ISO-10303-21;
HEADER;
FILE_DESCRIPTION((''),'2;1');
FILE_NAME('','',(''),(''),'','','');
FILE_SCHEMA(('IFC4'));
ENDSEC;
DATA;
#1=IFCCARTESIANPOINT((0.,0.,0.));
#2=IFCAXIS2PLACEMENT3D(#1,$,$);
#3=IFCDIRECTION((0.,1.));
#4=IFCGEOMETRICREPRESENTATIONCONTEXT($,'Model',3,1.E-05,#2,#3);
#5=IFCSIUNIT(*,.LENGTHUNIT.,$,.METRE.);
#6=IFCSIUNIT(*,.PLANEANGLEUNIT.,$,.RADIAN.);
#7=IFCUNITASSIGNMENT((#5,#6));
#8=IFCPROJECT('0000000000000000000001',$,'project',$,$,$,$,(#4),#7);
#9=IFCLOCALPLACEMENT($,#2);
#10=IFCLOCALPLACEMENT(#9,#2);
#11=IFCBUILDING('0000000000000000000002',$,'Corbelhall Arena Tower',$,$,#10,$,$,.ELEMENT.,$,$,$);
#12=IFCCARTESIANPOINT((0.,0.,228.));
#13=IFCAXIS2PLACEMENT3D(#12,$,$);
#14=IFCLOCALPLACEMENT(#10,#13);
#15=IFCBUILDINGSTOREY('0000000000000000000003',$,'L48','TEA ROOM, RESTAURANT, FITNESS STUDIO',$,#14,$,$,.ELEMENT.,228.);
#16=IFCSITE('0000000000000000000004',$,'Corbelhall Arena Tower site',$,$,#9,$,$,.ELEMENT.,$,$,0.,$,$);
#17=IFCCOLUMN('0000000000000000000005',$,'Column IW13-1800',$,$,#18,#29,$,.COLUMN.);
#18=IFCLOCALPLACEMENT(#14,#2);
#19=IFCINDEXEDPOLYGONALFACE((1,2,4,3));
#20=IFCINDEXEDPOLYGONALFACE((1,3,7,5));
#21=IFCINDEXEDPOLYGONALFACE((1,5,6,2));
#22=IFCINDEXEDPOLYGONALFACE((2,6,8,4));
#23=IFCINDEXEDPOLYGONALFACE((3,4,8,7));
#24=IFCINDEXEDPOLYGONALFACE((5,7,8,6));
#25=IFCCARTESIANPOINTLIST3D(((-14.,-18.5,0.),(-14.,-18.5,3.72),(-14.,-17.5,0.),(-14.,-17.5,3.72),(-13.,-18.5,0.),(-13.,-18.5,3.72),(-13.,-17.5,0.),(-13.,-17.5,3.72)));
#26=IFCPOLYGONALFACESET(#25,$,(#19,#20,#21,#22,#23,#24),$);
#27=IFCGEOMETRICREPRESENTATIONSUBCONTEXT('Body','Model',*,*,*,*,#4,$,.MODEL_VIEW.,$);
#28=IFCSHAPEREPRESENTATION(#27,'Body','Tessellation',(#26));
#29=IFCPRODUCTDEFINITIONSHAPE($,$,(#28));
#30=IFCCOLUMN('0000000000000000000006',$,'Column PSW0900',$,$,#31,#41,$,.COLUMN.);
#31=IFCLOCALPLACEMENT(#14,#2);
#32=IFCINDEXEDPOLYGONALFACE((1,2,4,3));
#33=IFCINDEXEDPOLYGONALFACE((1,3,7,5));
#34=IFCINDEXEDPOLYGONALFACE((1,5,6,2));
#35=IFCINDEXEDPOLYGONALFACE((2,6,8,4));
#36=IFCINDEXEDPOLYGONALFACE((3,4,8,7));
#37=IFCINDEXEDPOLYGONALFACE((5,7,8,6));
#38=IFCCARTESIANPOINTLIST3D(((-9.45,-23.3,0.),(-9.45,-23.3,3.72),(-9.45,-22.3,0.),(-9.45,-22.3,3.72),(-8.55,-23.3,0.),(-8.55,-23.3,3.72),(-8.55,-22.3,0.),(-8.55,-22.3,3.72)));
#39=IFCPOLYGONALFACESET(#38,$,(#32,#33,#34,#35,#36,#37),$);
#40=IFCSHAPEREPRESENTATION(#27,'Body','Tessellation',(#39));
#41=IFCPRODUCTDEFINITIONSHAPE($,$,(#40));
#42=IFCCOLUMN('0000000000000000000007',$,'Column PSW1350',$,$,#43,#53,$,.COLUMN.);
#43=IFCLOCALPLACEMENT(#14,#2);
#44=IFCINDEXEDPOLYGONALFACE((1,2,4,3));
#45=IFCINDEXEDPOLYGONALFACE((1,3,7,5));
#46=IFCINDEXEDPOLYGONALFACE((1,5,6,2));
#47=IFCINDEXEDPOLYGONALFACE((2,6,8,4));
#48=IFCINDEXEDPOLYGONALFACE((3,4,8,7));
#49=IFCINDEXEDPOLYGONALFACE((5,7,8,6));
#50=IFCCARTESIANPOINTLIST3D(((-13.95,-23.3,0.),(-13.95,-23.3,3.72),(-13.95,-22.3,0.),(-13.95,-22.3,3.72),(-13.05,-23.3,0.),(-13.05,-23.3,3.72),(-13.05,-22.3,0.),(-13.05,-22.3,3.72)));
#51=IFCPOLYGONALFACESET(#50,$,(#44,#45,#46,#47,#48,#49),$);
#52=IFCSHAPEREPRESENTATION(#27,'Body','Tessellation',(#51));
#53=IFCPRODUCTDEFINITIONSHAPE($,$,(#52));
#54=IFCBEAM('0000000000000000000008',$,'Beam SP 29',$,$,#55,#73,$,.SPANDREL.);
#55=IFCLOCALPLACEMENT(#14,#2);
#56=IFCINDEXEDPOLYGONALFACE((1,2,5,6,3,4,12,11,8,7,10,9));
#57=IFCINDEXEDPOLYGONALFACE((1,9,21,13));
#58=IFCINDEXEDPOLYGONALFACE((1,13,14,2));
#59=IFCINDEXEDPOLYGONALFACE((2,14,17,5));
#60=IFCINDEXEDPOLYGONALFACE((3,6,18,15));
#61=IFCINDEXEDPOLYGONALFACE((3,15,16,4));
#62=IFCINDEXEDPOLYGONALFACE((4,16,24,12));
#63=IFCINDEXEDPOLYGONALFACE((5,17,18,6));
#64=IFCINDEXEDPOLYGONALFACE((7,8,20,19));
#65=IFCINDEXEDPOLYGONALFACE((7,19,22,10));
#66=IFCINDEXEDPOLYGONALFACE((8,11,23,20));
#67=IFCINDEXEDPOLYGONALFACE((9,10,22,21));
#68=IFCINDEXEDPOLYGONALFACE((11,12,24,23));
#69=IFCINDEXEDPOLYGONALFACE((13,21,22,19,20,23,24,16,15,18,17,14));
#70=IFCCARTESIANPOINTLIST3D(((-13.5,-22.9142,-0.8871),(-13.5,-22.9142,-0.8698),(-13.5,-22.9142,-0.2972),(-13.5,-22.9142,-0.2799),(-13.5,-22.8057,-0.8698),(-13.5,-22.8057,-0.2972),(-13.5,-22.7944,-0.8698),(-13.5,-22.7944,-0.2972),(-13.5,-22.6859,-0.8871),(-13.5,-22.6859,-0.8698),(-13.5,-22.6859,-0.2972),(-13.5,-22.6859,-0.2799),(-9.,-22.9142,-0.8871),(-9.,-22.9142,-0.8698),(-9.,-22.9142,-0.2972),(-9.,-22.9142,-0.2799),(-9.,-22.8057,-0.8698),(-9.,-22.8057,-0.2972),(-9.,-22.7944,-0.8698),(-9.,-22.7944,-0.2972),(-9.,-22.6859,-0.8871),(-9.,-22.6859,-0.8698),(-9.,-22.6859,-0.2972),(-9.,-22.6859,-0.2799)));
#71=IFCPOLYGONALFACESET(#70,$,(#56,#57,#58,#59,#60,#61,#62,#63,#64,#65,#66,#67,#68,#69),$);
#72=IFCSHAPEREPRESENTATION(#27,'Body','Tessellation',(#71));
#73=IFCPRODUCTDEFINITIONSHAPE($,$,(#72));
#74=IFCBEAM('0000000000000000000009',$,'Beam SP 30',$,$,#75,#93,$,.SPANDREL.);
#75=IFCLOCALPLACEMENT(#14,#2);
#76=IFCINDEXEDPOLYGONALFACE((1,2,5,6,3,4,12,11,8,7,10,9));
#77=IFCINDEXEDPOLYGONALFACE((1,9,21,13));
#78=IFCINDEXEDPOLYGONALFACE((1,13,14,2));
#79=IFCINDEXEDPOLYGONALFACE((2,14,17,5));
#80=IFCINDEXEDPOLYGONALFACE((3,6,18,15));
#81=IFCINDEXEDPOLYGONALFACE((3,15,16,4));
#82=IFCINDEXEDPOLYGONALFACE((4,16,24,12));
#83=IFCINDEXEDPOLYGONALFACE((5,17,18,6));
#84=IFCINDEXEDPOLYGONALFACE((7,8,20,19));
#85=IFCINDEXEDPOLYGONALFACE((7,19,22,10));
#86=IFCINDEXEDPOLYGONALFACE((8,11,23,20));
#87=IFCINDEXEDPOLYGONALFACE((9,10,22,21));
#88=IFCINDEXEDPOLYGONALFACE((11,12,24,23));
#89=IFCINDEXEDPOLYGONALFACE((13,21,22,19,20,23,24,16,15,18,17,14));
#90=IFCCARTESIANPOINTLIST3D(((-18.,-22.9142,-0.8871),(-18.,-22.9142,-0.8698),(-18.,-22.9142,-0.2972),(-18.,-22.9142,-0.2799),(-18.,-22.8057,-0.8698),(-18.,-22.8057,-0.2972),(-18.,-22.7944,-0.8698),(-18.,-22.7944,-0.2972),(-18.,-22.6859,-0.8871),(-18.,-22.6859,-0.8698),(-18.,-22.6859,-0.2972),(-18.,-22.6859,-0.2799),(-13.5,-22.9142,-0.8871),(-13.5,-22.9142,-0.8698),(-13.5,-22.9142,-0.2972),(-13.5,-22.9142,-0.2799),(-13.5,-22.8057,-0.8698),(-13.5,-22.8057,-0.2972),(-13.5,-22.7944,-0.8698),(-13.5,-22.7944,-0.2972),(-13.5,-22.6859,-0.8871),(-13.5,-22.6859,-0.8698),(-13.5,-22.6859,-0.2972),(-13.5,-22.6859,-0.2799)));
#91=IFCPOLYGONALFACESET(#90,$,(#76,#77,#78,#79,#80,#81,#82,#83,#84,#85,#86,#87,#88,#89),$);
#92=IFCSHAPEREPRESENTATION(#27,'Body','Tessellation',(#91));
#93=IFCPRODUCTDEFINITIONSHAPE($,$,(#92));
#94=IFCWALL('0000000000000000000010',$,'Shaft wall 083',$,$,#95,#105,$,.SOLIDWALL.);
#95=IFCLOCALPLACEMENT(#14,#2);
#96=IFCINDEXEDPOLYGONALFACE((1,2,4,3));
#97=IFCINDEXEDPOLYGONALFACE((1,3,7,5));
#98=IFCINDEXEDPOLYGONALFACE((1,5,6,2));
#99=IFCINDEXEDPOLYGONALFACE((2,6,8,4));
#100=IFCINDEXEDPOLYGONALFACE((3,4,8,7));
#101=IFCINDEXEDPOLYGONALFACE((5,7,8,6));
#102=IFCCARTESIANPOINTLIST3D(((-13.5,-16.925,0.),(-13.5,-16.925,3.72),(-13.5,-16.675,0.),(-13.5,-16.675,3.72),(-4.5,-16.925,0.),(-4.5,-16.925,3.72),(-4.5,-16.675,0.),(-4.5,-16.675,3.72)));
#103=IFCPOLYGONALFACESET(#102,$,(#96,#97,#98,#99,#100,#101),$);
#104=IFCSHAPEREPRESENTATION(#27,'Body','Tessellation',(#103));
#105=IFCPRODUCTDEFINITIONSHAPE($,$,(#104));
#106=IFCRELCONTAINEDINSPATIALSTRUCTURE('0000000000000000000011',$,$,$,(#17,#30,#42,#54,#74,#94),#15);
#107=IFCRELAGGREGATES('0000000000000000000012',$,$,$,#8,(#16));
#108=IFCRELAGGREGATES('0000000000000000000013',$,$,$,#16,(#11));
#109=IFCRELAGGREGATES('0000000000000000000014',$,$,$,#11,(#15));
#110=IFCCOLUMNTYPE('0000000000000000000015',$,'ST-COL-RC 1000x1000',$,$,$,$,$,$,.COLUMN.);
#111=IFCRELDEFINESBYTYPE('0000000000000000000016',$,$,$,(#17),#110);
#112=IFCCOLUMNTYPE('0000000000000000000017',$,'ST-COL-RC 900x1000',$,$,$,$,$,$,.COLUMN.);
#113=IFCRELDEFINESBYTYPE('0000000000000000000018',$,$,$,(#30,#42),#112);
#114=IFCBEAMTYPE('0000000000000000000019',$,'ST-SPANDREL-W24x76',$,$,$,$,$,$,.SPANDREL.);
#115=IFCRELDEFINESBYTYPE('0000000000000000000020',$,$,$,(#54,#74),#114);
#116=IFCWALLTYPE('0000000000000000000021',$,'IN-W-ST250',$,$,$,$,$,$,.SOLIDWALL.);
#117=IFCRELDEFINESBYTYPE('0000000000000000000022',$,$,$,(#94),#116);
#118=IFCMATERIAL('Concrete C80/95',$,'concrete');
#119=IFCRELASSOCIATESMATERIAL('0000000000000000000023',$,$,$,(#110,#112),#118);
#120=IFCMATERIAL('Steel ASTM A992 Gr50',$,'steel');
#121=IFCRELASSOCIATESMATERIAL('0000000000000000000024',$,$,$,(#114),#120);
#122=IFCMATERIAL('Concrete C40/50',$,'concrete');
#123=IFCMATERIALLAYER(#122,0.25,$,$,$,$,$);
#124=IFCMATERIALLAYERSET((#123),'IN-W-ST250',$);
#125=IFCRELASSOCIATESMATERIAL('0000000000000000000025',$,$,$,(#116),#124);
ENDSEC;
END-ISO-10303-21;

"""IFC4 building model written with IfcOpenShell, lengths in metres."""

from ifc_helpers import new_model, si_unit, direction, frame, frame_2d, origin, origin_2d, place, context, subcontext, project, spatial, rectangle, i_section, extrude, material, layer, layer_set, material_profile, profile_set, type_object, element, save


model = new_model("IFC4")

# Units and contexts
model_context = context("Model", 3, precision=1e-05, world=origin(), true_north=direction((0.0, 1.0)))
body_context = subcontext(model_context, "Body", "Model", "MODEL_VIEW")
ifc_project = project(units=[si_unit("LENGTHUNIT", "METRE"), si_unit("PLANEANGLEUNIT", "RADIAN")], contexts=[model_context])

# Site, building, storey
site_placement = place(None, origin())
site = spatial("IfcSite", under=ifc_project, at=site_placement, Name="Corbelhall Arena Tower site", CompositionType="ELEMENT", RefElevation=0.0)
building_placement = place(site_placement, origin())
building = spatial("IfcBuilding", under=site, at=building_placement, Name="Corbelhall Arena Tower", CompositionType="ELEMENT")
storey_placement = place(building_placement, frame((0.0, 0.0, 228.0)))
storey = spatial("IfcBuildingStorey", under=building, at=storey_placement, Name="L48", Description="TEA ROOM, RESTAURANT, FITNESS STUDIO", CompositionType="ELEMENT", Elevation=228.0)

# Columns
ifc_material_1 = material(Name="Concrete C80/95", Category="concrete")
ifc_material_profile_1 = material_profile(ifc_material_1, rectangle(XDim=1.0, YDim=1.0, at=origin_2d()))
ifc_profile_set_1 = profile_set([ifc_material_profile_1], Name="Concrete C80/95")
column_type_1 = type_object("IfcColumnType", Name="ST-COL-RC 1000x1000", PredefinedType="COLUMN", material=ifc_profile_set_1)
column_placement = place(storey_placement, frame((-13.5, -18.0, 0.0), z_axis=(0.0, 0.0, 1.0), x_axis=(1.0, 0.0, 0.0)))
element("IfcColumn", 1, at=column_placement, inside=storey, type_object=column_type_1, Name="Column IW13-1800", PredefinedType="COLUMN", context=body_context, shape_type="SweptSolid", body=[
    extrude(rectangle(XDim=1.0, YDim=1.0, at=origin_2d()), origin(), (0.0, 0.0, 1.0), 3.72),
])
ifc_material_profile_2 = material_profile(ifc_material_1, rectangle(XDim=0.8999, YDim=1.0, at=origin_2d()))
ifc_profile_set_2 = profile_set([ifc_material_profile_2], Name="Concrete C80/95")
column_type_2 = type_object("IfcColumnType", Name="ST-COL-RC 900x1000", PredefinedType="COLUMN", material=ifc_profile_set_2)
for number, where, z_axis, x_axis, name in (
    (2, (-9.0, -22.8, 0.0), (0.0, 0.0, 1.0), (1.0, 0.0, 0.0), "Column PSW0900"),
    (3, (-13.5, -22.8, 0.0), (0.0, 0.0, 1.0), (1.0, 0.0, 0.0), "Column PSW1350"),
):
    element("IfcColumn", number, at=place(storey_placement, frame(where, z_axis=z_axis, x_axis=x_axis)), inside=storey, type_object=column_type_2, Name=name, PredefinedType="COLUMN", context=body_context, shape_type="SweptSolid", body=[
        extrude(rectangle(XDim=0.8999, YDim=1.0, at=origin_2d()), origin(), (0.0, 0.0, 1.0), 3.72),
    ])

# Beams
ifc_material_2 = material(Name="Steel ASTM A992 Gr50", Category="steel")
ifc_material_profile_3 = material_profile(ifc_material_2, i_section(OverallWidth=0.2283, OverallDepth=0.6072, WebThickness=0.0112, FlangeThickness=0.0173, at=origin_2d()))
ifc_profile_set_3 = profile_set([ifc_material_profile_3], Name="Steel ASTM A992 Gr50")
beam_type = type_object("IfcBeamType", Name="ST-SPANDREL-W24x76", PredefinedType="SPANDREL", material=ifc_profile_set_3)
for number, where, z_axis, x_axis, name in (
    (4, (-9.0, -22.8, -0.5835), (-1.0, 0.0, 0.0), (0.0, -1.0, 0.0), "Beam SP 29"),
    (5, (-13.5, -22.8, -0.5835), (-1.0, 0.0, 0.0), (0.0, -1.0, 0.0), "Beam SP 30"),
):
    element("IfcBeam", number, at=place(storey_placement, frame(where, z_axis=z_axis, x_axis=x_axis)), inside=storey, type_object=beam_type, Name=name, PredefinedType="SPANDREL", context=body_context, shape_type="SweptSolid", body=[
        extrude(i_section(OverallWidth=0.2283, OverallDepth=0.6072, WebThickness=0.0112, FlangeThickness=0.0173, at=origin_2d()), origin(), (0.0, 0.0, 1.0), 4.5),
    ])

# Wall
ifc_material_3 = material(Name="Concrete C40/50", Category="concrete")
ifc_layer_1 = layer(ifc_material_3, 0.25)
ifc_layer_set_1 = layer_set([ifc_layer_1], Name="IN-W-ST250")
wall_type_1 = type_object("IfcWallType", Name="IN-W-ST250", PredefinedType="SOLIDWALL", material=ifc_layer_set_1)
wall_1_placement = place(storey_placement, frame((-4.5, -16.8, 0.0), z_axis=(0.0, 0.0, 1.0), x_axis=(-1.0, 0.0, 0.0)))
element("IfcWall", 6, at=wall_1_placement, inside=storey, type_object=wall_type_1, Name="Shaft wall 083", PredefinedType="SOLIDWALL", context=body_context, shape_type="SweptSolid", body=[
    extrude(rectangle(XDim=9.0, YDim=0.25, at=frame_2d((4.5, 0.0))), origin(), (0.0, 0.0, 1.0), 3.72),
])

save(model, "model.ifc")
